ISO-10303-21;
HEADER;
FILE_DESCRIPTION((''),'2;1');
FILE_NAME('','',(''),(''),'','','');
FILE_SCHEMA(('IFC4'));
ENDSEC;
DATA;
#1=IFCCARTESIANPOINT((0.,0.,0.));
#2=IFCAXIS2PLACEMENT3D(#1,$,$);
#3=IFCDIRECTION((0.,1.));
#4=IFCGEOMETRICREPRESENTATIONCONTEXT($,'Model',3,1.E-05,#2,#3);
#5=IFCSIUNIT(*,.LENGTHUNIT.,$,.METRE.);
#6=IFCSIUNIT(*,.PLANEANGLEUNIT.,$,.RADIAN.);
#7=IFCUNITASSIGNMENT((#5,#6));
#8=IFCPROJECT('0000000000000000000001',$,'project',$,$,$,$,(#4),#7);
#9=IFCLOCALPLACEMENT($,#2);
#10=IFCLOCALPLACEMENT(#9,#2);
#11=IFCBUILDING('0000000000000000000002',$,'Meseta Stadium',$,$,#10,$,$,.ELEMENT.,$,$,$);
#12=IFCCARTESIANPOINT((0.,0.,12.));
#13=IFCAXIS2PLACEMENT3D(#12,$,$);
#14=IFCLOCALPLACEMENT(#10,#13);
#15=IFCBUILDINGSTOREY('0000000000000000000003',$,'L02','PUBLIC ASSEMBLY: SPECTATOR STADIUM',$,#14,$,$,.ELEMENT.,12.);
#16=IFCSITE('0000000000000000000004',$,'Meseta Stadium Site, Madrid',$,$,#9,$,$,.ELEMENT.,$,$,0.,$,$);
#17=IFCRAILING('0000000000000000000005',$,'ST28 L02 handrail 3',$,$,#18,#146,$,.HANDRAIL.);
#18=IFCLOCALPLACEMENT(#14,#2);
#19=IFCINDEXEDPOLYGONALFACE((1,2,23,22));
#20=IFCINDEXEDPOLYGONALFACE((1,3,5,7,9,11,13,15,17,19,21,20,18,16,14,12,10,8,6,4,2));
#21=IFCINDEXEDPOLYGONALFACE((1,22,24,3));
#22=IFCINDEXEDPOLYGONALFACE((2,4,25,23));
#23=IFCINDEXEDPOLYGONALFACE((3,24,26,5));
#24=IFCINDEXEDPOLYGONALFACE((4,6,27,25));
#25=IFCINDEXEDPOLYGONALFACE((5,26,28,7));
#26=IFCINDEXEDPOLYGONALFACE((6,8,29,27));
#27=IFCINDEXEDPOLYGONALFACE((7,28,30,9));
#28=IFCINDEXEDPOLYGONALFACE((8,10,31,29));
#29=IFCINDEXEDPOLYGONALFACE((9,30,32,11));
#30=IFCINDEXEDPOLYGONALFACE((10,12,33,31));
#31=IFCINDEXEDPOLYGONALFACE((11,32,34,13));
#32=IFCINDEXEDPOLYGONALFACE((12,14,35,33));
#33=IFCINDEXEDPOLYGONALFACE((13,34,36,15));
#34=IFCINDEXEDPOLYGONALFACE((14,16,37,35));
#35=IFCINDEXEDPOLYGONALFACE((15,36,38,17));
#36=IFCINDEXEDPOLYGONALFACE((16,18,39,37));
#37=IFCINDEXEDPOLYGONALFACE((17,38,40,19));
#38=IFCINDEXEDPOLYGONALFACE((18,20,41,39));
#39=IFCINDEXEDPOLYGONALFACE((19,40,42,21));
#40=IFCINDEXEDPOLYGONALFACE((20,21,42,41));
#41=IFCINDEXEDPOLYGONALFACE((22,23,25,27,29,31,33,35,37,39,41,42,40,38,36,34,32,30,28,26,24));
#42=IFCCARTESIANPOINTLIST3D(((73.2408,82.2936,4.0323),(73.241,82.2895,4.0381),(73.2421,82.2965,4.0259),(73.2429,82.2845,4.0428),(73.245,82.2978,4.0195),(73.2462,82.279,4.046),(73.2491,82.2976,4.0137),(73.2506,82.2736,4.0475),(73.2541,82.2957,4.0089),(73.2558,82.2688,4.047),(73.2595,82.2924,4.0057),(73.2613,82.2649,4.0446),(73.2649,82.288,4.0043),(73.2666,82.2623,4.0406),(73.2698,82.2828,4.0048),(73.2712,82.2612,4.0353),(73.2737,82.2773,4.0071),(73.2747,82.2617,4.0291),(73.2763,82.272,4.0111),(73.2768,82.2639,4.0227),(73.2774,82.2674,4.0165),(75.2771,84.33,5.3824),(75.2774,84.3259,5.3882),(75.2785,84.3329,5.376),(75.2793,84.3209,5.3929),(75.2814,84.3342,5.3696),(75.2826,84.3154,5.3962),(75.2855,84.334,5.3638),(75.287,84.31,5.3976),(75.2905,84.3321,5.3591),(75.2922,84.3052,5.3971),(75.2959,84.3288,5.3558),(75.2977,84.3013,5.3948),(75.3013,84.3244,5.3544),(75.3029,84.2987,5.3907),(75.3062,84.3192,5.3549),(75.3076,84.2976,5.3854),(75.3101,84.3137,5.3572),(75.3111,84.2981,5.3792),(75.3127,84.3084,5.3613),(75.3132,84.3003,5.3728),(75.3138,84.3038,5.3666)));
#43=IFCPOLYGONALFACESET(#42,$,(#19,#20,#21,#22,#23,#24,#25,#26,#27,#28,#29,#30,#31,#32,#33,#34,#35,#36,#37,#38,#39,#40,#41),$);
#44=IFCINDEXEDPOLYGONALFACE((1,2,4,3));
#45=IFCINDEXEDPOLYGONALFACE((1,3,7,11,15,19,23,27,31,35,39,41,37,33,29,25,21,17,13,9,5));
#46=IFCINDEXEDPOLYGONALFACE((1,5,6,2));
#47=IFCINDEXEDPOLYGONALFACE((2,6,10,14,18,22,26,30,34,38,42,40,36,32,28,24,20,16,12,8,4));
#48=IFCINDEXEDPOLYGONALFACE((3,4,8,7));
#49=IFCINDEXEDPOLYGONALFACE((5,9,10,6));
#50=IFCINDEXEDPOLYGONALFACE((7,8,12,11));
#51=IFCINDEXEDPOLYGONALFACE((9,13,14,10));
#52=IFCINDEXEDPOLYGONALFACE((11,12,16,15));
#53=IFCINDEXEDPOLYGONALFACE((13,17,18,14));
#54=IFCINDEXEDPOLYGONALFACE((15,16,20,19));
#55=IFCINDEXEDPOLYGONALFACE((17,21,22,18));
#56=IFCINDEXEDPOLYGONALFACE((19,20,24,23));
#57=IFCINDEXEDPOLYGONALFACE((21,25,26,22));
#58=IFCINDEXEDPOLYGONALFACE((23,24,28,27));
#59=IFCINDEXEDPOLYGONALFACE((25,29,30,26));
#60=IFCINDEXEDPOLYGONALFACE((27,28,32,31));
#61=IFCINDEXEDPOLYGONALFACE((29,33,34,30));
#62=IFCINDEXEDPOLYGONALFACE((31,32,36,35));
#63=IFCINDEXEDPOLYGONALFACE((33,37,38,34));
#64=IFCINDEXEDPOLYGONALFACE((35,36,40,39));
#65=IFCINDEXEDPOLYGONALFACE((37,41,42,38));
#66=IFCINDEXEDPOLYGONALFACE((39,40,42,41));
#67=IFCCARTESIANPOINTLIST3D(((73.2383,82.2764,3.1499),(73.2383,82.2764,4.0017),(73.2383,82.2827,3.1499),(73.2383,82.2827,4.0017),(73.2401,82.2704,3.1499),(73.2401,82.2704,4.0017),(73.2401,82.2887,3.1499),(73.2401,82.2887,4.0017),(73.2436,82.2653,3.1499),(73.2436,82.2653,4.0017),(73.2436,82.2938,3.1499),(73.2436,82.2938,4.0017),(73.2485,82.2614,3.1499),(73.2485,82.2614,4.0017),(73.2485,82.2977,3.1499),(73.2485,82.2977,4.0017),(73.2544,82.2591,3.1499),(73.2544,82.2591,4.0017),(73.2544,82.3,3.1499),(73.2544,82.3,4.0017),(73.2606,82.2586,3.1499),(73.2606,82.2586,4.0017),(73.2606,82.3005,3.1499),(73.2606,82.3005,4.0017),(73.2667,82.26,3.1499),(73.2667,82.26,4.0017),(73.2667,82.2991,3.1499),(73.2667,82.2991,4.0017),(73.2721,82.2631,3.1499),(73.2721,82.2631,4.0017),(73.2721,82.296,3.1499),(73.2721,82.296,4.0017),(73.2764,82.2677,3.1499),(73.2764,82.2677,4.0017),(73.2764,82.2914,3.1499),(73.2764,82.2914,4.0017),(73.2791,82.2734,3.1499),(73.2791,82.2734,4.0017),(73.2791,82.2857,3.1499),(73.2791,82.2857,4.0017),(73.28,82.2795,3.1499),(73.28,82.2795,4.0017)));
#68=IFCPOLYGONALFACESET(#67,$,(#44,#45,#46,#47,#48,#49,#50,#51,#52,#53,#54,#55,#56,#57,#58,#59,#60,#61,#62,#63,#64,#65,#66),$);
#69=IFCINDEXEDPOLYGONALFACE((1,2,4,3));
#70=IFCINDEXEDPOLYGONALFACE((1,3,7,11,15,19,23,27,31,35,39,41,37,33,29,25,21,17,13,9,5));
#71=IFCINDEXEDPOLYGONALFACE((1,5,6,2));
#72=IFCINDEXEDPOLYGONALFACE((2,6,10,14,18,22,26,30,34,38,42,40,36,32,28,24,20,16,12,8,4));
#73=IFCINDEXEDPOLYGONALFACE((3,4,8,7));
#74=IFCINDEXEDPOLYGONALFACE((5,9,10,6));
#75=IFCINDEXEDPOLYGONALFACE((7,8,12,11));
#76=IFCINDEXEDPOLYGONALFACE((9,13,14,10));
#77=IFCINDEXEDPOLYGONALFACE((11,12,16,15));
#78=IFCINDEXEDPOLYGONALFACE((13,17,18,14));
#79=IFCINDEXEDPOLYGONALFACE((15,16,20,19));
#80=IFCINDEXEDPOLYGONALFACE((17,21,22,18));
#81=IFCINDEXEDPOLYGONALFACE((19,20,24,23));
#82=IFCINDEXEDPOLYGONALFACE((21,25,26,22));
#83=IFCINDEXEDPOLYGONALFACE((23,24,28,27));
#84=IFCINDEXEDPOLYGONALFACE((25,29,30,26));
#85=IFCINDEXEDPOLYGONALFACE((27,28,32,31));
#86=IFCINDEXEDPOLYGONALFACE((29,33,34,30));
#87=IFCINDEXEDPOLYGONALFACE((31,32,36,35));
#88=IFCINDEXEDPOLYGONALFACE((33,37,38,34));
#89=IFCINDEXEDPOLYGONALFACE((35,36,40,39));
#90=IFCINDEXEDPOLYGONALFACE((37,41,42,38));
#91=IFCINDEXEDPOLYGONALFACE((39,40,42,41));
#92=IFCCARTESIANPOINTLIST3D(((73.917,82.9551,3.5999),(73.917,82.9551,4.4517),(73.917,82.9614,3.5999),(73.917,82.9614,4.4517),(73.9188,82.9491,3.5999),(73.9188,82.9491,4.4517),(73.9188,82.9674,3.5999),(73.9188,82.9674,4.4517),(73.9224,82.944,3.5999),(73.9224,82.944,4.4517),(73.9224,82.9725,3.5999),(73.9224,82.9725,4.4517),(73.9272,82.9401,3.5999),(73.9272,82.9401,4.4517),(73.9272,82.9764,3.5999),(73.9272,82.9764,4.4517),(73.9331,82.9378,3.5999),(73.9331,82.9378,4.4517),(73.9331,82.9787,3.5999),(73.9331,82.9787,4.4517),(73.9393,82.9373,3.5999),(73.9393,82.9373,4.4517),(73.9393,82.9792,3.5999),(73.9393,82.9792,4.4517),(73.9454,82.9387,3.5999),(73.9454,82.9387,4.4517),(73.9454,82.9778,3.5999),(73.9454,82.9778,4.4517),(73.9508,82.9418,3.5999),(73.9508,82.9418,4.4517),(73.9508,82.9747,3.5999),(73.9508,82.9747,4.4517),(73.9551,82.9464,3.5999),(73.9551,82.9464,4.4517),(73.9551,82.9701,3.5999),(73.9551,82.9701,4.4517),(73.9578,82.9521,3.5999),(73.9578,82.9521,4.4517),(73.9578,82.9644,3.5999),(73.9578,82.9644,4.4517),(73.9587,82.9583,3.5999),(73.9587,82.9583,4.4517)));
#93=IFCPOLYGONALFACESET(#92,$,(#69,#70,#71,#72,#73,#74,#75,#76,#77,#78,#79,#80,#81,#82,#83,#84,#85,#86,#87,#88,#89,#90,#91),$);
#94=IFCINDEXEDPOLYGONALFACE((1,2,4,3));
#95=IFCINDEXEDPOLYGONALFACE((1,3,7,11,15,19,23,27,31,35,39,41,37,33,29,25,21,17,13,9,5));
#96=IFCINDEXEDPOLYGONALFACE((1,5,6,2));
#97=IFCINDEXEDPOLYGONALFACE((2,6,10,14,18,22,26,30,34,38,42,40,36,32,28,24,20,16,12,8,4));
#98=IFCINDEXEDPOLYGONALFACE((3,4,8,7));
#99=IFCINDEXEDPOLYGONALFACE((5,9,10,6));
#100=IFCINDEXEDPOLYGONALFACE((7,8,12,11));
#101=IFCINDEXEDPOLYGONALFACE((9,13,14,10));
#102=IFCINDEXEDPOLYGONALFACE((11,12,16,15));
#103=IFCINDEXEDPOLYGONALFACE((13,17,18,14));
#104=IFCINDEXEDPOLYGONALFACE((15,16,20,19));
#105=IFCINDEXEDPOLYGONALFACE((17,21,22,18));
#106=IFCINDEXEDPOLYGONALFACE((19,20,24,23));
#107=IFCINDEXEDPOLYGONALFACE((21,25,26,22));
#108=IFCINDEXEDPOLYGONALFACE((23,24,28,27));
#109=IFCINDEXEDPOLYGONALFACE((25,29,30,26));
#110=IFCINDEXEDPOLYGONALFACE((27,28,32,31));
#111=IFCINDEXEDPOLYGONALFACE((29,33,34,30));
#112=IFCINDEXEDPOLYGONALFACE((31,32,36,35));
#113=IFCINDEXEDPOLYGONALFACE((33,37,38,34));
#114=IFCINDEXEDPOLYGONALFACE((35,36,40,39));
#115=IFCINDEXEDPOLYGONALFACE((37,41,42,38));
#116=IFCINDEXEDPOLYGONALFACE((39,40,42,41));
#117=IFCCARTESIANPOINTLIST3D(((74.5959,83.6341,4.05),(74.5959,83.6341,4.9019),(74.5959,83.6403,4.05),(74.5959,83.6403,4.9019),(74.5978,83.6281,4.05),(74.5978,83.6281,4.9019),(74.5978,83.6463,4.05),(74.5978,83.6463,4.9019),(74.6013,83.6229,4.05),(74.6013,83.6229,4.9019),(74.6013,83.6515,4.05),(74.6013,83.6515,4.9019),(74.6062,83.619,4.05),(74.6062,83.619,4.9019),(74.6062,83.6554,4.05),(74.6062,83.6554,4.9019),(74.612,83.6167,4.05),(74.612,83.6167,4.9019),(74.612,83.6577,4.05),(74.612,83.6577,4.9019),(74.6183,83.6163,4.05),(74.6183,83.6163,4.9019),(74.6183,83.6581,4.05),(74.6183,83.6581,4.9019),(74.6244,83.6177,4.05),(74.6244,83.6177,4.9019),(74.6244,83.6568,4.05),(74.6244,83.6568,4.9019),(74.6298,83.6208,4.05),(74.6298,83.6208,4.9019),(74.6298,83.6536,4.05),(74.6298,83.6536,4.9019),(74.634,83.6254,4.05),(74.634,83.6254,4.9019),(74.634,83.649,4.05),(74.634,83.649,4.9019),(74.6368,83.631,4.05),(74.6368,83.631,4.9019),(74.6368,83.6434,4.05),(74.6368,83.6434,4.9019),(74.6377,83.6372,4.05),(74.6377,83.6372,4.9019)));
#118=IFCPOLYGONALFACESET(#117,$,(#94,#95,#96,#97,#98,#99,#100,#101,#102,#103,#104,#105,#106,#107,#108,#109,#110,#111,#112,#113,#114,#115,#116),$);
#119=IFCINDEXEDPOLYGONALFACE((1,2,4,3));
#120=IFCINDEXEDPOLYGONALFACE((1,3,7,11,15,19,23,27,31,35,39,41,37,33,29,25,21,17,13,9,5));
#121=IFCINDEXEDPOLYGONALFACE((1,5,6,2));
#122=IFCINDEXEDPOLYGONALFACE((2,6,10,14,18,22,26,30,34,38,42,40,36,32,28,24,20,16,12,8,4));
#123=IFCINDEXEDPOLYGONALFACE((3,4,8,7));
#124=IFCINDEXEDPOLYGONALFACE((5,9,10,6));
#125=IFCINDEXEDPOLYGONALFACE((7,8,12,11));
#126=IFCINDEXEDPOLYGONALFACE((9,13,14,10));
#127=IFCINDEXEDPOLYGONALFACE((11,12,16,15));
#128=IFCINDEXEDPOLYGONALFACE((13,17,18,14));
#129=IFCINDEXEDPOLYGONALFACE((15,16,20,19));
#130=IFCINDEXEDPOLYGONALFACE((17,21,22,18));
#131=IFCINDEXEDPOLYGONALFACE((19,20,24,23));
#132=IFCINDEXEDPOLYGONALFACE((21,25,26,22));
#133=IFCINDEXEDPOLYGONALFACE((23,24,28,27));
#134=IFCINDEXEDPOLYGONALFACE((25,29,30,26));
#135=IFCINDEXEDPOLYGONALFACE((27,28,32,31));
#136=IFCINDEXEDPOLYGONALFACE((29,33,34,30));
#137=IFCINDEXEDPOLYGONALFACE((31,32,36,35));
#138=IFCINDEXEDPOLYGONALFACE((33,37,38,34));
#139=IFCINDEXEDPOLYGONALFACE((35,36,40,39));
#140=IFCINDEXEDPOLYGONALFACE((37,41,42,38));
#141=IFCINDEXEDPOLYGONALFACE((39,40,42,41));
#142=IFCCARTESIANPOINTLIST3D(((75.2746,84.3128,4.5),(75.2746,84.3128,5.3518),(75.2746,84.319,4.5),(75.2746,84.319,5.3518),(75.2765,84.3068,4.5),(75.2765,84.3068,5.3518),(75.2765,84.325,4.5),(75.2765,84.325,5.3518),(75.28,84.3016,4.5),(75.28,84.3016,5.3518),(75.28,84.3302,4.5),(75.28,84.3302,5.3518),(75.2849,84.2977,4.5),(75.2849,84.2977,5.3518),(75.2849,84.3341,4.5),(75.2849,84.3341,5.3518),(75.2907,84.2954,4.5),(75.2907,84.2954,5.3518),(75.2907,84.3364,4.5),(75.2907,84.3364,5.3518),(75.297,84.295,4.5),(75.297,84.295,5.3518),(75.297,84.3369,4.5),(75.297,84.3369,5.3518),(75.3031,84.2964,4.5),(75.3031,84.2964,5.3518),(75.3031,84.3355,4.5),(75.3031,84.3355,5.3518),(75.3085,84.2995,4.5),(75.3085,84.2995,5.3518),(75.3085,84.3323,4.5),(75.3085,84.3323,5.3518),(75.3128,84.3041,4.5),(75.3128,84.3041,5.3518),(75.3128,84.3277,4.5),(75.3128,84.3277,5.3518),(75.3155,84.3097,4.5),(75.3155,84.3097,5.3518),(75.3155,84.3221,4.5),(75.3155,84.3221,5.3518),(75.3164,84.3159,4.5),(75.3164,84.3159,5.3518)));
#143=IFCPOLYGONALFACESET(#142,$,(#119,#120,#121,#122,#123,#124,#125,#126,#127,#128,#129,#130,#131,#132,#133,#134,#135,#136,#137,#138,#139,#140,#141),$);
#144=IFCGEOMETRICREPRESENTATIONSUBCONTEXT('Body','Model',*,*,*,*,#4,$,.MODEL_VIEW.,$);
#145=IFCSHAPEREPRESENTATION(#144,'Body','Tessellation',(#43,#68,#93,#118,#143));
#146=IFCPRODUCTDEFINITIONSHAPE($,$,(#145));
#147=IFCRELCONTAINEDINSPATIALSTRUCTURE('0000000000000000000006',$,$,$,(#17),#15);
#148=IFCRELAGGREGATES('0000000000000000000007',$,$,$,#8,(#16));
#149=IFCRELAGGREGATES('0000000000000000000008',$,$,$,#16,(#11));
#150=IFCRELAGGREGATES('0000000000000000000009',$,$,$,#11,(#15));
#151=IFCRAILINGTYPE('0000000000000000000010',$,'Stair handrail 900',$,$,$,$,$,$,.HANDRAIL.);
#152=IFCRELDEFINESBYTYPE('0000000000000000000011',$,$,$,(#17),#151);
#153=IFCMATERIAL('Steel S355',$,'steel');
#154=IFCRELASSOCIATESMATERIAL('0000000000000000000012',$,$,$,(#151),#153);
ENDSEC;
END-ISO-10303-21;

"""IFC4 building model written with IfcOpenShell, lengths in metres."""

from ifc_helpers import new_model, si_unit, direction, frame, origin, origin_2d, place, context, subcontext, project, spatial, circle, extrude, material, type_object, element, save


model = new_model("IFC4")

# Units and contexts
model_context = context("Model", 3, precision=1e-05, world=origin(), true_north=direction((0.0, 1.0)))
body_context = subcontext(model_context, "Body", "Model", "MODEL_VIEW")
ifc_project = project(units=[si_unit("LENGTHUNIT", "METRE"), si_unit("PLANEANGLEUNIT", "RADIAN")], contexts=[model_context])

# Site, building, storey
site_placement = place(None, origin())
site = spatial("IfcSite", under=ifc_project, at=site_placement, Name="Meseta Stadium Site, Madrid", CompositionType="ELEMENT", RefElevation=0.0)
building_placement = place(site_placement, origin())
building = spatial("IfcBuilding", under=site, at=building_placement, Name="Meseta Stadium", CompositionType="ELEMENT")
storey_placement = place(building_placement, frame((0.0, 0.0, 12.0)))
storey = spatial("IfcBuildingStorey", under=building, at=storey_placement, Name="L02", Description="PUBLIC ASSEMBLY: SPECTATOR STADIUM", CompositionType="ELEMENT", Elevation=12.0)

# Railing
ifc_material_1 = material(Name="Steel S355", Category="steel")
railing_type_1 = type_object("IfcRailingType", Name="Stair handrail 900", PredefinedType="HANDRAIL", material=ifc_material_1)
for number, where, name in (
    (1, (73.259, 82.2795, 3.1499), "ST28 L02 handrail 3"),
):
    element("IfcRailing", number, at=place(storey_placement, frame(where)), inside=storey, type_object=railing_type_1, Name=name, PredefinedType="HANDRAIL", context=body_context, shape_type="SweptSolid", body=[
        extrude(circle(Radius=0.0239, at=origin_2d()), frame((0.0, 0.0, 0.876), z_axis=(0.640243, 0.640243, 0.424475), x_axis=(-0.707107, 0.707107, 0.0)), (0.0, 0.0, 1.0), 3.1807),
        extrude(circle(Radius=0.021, at=origin_2d()), origin(), (0.0, 0.0, 1.0), 0.8518),
        extrude(circle(Radius=0.021, at=origin_2d()), frame((0.6787, 0.6787, 0.45)), (0.0, 0.0, 1.0), 0.8518),
        extrude(circle(Radius=0.021, at=origin_2d()), frame((1.3577, 1.3577, 0.9001)), (0.0, 0.0, 1.0), 0.8518),
        extrude(circle(Radius=0.021, at=origin_2d()), frame((2.0364, 2.0364, 1.3501)), (0.0, 0.0, 1.0), 0.8518),
    ])

save(model, "model.ifc")
